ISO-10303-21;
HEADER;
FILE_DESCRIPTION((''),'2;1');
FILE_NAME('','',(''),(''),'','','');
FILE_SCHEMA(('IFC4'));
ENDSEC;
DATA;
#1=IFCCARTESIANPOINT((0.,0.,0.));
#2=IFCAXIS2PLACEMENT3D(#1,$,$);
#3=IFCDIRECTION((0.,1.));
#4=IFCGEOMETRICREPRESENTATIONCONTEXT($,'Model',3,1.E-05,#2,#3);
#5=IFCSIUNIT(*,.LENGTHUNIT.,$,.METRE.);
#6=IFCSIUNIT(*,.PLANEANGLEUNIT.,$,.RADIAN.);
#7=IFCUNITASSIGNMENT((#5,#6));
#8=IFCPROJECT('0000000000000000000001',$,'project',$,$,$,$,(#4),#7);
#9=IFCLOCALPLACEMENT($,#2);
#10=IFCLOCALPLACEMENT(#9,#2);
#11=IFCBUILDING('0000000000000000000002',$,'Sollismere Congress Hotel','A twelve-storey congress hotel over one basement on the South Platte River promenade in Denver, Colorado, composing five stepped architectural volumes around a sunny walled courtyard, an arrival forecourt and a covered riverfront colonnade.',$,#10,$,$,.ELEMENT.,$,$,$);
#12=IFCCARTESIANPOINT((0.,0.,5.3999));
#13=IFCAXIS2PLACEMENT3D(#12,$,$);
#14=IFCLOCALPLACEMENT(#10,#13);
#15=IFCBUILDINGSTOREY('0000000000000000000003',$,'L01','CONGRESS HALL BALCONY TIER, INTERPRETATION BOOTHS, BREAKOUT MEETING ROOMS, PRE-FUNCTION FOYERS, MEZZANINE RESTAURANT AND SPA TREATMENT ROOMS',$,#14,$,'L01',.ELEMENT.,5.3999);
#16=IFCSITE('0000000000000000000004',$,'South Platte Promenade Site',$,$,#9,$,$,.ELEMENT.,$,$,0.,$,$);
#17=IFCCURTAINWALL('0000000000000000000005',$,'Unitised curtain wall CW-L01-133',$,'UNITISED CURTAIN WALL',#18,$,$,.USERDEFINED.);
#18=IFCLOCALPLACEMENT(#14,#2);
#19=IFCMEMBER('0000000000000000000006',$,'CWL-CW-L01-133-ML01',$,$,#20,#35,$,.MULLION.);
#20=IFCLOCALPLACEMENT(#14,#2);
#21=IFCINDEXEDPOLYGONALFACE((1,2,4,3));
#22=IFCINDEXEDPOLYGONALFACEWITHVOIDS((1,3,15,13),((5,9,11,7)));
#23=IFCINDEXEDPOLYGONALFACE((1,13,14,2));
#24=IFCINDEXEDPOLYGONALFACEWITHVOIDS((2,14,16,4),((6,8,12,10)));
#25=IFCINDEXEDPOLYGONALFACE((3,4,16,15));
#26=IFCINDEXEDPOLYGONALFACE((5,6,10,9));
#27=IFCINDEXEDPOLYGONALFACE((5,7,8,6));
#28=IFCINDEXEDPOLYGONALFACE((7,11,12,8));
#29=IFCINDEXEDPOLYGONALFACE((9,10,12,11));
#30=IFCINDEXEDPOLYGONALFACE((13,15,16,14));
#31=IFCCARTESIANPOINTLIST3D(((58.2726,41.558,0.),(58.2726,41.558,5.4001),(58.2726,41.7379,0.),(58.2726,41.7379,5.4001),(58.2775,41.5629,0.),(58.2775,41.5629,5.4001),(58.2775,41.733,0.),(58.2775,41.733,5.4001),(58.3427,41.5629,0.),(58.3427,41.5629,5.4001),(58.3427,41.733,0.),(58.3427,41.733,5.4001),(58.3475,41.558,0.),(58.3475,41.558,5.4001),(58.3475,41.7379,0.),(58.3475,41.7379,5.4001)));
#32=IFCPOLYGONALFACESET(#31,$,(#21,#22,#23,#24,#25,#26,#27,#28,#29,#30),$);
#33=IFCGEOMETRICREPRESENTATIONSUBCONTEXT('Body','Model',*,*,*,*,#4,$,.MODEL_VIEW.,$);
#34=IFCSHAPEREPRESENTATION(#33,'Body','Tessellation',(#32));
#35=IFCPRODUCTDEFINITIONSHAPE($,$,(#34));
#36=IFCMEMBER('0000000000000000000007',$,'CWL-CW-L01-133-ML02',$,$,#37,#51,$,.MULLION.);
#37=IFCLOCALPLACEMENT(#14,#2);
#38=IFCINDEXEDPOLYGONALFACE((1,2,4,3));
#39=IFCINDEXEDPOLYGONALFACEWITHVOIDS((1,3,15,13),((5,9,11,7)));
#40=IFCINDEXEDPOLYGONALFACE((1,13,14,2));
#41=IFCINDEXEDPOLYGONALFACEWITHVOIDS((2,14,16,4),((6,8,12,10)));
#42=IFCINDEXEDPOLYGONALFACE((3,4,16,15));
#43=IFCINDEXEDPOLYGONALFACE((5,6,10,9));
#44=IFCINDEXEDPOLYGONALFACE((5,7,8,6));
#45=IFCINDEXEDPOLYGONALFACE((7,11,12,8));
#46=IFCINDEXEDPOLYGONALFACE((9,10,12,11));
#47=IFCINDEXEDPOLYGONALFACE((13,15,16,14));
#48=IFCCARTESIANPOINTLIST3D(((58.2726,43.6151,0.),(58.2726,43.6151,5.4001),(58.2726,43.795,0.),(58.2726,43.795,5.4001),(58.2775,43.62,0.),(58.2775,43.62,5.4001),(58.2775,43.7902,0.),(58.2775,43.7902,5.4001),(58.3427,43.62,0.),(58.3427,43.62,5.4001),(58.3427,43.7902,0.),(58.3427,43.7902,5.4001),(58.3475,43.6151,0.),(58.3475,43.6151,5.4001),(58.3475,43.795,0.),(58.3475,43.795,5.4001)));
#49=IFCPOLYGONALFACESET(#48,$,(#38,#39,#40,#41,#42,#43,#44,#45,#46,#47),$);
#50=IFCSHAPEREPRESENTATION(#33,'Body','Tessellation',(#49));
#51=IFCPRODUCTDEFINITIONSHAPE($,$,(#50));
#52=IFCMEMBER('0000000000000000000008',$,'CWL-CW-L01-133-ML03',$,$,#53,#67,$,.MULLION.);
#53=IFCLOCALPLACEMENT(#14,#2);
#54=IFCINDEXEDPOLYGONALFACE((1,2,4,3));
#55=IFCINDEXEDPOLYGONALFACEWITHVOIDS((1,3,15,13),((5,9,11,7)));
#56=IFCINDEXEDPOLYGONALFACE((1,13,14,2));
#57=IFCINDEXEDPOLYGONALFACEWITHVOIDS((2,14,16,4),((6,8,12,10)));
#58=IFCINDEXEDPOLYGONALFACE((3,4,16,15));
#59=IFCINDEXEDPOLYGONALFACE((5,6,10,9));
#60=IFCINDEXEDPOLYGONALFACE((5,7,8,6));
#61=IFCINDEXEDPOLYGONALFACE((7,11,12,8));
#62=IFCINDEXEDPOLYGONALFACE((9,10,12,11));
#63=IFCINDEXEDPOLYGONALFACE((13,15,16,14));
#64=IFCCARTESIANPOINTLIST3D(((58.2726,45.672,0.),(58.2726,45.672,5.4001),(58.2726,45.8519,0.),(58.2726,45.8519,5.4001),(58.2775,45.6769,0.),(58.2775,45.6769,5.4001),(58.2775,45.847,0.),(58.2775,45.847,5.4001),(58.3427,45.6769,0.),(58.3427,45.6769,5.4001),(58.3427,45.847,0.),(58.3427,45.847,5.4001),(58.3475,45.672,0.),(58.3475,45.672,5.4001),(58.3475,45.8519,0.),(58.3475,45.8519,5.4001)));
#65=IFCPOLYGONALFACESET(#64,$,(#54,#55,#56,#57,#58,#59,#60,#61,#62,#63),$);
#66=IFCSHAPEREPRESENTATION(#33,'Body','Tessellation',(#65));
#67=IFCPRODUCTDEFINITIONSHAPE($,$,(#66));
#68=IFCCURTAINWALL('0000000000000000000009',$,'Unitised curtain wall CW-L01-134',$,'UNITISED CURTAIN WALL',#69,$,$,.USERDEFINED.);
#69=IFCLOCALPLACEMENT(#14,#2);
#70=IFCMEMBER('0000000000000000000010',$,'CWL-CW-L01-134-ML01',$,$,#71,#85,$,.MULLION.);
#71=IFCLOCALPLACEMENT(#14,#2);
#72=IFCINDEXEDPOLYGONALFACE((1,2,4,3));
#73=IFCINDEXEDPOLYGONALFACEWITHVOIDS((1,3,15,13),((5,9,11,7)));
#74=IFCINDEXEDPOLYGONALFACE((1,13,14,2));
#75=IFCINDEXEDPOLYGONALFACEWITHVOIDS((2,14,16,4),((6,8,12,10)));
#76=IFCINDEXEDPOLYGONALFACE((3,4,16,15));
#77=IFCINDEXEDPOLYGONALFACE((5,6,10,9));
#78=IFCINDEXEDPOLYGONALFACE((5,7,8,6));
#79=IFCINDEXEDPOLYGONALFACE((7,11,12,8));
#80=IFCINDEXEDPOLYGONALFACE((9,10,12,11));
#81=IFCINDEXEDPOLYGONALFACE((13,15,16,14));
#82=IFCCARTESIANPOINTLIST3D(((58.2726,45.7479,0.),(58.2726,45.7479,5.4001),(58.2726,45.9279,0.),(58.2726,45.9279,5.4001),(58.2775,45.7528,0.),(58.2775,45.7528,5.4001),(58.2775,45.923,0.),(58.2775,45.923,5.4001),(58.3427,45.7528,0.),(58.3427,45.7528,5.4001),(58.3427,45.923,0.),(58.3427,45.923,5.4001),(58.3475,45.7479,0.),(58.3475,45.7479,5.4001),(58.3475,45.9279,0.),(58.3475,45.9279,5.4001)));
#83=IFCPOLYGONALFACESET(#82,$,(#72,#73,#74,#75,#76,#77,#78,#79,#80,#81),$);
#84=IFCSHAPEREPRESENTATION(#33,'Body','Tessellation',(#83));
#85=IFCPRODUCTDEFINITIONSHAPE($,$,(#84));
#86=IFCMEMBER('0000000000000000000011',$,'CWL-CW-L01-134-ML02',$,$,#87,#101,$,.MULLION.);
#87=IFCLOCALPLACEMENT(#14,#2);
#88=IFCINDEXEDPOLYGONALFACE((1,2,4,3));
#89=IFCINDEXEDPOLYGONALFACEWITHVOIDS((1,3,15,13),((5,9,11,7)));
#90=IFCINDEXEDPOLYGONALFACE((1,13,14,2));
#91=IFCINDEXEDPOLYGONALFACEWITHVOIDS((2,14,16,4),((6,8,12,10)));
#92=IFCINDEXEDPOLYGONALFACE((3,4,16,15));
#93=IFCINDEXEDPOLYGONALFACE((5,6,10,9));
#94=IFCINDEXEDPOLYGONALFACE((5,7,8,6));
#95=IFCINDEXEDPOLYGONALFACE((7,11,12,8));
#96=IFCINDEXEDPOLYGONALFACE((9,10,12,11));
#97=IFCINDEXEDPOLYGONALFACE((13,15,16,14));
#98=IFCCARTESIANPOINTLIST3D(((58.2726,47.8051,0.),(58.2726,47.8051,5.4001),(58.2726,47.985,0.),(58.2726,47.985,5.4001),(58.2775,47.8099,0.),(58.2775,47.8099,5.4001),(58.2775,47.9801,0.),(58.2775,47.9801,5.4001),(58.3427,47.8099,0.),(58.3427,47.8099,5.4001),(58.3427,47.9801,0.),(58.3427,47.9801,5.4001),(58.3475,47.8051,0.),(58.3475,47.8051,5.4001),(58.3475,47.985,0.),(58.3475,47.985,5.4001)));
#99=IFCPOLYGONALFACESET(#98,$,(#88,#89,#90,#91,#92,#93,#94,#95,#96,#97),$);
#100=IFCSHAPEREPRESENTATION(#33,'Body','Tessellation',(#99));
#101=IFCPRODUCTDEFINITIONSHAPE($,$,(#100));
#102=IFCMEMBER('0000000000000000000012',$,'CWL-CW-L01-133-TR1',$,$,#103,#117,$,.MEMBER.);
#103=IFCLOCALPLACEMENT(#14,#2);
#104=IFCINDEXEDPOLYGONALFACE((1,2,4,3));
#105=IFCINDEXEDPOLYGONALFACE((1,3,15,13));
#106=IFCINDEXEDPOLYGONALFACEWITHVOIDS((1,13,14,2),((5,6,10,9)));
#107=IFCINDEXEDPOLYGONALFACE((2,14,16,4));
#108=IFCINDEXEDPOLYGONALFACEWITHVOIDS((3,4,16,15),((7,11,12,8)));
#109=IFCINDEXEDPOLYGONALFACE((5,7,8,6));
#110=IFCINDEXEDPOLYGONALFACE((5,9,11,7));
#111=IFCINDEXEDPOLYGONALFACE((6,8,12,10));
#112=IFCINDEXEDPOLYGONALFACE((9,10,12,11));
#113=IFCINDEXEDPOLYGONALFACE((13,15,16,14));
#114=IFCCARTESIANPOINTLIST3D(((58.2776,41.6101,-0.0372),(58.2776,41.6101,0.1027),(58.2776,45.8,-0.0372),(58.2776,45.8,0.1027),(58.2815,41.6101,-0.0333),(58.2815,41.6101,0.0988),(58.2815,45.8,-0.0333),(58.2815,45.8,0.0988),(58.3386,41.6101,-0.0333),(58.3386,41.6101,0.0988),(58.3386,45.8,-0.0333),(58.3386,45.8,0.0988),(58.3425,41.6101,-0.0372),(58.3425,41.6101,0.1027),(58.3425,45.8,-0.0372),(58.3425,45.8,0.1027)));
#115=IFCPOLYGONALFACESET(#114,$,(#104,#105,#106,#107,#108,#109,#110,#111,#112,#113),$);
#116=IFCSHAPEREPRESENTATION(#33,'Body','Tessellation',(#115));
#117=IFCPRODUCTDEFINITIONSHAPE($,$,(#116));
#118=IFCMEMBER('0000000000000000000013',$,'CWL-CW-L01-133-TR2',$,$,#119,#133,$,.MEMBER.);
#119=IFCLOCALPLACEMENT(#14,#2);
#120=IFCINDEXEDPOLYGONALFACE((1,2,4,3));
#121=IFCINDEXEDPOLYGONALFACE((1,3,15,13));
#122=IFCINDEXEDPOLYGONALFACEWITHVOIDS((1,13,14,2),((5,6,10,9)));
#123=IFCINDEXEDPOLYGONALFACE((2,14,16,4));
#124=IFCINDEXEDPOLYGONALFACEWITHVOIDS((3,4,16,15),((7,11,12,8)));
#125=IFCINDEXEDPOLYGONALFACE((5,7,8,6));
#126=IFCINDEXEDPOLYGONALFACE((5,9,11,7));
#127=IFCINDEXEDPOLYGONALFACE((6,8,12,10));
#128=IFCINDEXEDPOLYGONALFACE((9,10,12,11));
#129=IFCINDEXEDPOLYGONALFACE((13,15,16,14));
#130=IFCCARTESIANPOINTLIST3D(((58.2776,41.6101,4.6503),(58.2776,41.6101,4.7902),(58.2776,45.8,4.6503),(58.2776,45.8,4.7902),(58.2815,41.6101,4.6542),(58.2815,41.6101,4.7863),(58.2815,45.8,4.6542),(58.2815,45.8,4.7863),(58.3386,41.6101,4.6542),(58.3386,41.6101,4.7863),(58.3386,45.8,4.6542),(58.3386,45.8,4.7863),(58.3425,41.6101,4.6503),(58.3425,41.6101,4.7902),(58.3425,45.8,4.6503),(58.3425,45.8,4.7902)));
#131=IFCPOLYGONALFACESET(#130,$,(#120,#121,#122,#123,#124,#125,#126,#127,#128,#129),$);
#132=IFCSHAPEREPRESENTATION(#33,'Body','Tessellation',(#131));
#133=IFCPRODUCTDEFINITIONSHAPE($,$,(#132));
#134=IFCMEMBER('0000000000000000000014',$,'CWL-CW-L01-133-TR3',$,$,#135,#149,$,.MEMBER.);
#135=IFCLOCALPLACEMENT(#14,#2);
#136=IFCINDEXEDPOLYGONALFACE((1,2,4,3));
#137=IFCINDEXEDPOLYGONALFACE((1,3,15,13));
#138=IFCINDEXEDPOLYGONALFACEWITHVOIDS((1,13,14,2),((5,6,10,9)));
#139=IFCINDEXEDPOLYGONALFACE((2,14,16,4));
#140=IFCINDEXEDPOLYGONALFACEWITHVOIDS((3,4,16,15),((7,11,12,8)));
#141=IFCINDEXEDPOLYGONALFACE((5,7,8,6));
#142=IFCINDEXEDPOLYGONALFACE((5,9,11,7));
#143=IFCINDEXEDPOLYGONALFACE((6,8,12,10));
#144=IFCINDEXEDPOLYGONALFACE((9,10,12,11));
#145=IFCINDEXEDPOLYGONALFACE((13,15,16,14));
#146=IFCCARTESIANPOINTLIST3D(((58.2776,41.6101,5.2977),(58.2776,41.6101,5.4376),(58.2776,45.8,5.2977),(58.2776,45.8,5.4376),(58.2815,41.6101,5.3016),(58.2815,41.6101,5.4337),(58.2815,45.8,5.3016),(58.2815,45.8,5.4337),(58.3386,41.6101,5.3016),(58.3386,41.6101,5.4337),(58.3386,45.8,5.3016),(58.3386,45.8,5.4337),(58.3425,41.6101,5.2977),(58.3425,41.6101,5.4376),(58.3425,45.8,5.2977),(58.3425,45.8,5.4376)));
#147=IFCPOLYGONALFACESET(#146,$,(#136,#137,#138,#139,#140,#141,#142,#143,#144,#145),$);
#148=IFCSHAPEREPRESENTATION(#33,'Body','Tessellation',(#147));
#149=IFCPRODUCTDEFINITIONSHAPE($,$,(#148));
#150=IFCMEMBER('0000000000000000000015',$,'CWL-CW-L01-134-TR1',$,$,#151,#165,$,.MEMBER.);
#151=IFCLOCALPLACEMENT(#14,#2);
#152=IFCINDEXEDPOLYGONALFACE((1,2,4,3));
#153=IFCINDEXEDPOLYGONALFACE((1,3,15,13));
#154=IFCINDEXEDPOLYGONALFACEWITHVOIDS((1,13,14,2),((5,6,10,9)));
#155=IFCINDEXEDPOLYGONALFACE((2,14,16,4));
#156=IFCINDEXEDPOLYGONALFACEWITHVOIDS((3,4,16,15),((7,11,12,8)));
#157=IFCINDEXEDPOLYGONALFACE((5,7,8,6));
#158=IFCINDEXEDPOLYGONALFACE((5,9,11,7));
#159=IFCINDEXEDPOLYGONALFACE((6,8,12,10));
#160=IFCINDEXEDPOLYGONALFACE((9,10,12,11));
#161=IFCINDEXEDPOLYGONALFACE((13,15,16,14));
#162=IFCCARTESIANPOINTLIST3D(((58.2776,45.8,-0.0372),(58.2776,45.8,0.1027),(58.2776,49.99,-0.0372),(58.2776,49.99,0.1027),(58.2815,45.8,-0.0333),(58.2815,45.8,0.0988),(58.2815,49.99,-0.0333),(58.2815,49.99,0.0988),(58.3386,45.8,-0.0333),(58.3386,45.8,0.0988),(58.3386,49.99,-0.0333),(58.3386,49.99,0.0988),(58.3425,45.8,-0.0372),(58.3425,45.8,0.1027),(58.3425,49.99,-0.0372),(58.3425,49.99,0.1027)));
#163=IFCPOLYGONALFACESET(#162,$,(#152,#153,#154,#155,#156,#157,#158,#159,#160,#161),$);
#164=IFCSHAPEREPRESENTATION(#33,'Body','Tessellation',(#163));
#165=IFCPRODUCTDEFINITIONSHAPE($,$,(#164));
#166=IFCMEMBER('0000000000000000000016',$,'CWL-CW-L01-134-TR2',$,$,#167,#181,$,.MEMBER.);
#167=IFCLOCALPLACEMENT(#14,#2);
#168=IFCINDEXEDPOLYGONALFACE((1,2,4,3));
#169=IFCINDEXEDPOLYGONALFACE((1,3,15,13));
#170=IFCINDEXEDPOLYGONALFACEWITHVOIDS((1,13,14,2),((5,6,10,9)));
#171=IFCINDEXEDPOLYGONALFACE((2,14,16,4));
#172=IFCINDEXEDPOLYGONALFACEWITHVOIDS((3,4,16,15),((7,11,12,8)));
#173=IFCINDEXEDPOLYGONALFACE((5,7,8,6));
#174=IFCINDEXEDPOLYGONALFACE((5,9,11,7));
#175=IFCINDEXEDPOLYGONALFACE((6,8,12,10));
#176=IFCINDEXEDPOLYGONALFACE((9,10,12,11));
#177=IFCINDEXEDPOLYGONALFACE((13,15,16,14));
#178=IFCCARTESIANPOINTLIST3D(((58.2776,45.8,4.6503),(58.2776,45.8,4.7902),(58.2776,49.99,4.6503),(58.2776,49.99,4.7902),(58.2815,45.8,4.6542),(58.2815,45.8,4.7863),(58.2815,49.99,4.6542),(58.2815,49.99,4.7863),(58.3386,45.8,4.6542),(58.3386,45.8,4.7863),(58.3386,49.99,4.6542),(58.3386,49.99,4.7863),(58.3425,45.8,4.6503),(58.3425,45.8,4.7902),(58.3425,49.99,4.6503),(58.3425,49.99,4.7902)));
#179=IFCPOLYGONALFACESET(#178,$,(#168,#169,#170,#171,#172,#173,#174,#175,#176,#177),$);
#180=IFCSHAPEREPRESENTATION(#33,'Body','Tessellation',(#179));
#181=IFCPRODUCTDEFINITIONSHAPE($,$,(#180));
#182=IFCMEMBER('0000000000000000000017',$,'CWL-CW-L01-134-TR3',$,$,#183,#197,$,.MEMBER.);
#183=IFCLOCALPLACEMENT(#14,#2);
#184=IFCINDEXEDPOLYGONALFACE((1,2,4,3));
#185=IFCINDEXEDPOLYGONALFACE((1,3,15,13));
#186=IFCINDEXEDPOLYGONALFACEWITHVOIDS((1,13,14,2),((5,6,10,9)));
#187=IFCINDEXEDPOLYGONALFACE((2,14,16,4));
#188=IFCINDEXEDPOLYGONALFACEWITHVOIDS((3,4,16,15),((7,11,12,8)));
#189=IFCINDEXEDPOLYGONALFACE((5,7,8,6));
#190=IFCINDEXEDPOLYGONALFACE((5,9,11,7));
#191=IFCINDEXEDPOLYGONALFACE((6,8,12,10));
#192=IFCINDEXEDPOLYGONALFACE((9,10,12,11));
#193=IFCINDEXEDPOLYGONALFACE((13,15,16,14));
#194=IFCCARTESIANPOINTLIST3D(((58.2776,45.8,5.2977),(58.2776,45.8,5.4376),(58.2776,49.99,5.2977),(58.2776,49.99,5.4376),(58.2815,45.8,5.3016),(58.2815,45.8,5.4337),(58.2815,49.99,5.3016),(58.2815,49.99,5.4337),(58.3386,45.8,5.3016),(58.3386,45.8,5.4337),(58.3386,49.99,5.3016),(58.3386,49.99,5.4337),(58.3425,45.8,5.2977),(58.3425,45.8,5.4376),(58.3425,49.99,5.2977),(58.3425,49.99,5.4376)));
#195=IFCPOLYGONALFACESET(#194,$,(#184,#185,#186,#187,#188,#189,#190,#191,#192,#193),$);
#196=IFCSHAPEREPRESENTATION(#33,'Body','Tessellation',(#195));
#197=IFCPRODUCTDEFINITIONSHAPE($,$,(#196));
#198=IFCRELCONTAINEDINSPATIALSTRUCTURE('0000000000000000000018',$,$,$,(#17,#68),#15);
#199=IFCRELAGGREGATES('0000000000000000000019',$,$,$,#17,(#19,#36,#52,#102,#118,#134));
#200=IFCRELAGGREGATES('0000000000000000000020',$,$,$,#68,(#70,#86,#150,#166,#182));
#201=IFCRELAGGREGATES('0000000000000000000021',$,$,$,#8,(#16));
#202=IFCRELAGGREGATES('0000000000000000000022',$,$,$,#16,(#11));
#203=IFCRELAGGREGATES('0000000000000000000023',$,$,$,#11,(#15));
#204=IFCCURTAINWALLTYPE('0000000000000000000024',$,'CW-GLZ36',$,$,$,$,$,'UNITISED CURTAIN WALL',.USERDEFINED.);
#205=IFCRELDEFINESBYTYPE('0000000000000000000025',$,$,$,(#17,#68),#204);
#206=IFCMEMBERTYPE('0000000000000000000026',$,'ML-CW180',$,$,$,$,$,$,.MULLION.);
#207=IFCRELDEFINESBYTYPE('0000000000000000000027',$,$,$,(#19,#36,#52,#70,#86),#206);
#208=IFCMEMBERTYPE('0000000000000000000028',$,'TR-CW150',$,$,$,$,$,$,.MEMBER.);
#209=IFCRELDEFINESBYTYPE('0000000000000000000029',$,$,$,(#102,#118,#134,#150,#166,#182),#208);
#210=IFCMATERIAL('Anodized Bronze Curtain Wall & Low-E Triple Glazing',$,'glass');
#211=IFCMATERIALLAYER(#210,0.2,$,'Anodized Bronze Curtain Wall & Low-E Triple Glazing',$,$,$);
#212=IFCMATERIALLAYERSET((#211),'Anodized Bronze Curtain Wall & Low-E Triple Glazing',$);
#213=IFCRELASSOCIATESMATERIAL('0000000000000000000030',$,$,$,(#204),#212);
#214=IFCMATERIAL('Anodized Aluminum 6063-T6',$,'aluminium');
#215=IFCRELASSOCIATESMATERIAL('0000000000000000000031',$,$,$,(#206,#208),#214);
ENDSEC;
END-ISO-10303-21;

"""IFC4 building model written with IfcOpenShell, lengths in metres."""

from ifc_helpers import new_model, si_unit, direction, frame, origin, origin_2d, place, context, subcontext, project, spatial, hollow_rectangle, extrude, material, layer, layer_set, material_profile, profile_set, type_object, element, aggregate, save


model = new_model("IFC4")

# Units and contexts
model_context = context("Model", 3, precision=1e-05, world=origin(), true_north=direction((0.0, 1.0)))
body_context = subcontext(model_context, "Body", "Model", "MODEL_VIEW")
ifc_project = project(units=[si_unit("LENGTHUNIT", "METRE"), si_unit("PLANEANGLEUNIT", "RADIAN")], contexts=[model_context])

# Site, building, storey
site_placement = place(None, origin())
site = spatial("IfcSite", under=ifc_project, at=site_placement, Name="South Platte Promenade Site", CompositionType="ELEMENT", RefElevation=0.0)
building_placement = place(site_placement, origin())
building = spatial("IfcBuilding", under=site, at=building_placement, Name="Sollismere Congress Hotel", Description="A twelve-storey congress hotel over one basement on the South Platte River promenade in Denver, Colorado, composing five stepped architectural volumes around a sunny walled courtyard, an arrival forecourt and a covered riverfront colonnade.", CompositionType="ELEMENT")
storey_placement = place(building_placement, frame((0.0, 0.0, 5.3999)))
storey = spatial("IfcBuildingStorey", under=building, at=storey_placement, Name="L01", Description="CONGRESS HALL BALCONY TIER, INTERPRETATION BOOTHS, BREAKOUT MEETING ROOMS, PRE-FUNCTION FOYERS, MEZZANINE RESTAURANT AND SPA TREATMENT ROOMS", LongName="L01", CompositionType="ELEMENT", Elevation=5.3999)

# Curtain walls, members
ifc_material_1 = material(Name="Anodized Bronze Curtain Wall & Low-E Triple Glazing", Category="glass")
ifc_layer_1 = layer(ifc_material_1, 0.2, Name="Anodized Bronze Curtain Wall & Low-E Triple Glazing")
ifc_layer_set_1 = layer_set([ifc_layer_1], Name="Anodized Bronze Curtain Wall & Low-E Triple Glazing")
curtain_wall_type = type_object("IfcCurtainWallType", Name="CW-GLZ36", ElementType="UNITISED CURTAIN WALL", PredefinedType="USERDEFINED", material=ifc_layer_set_1)
curtain_wall_1_placement = place(storey_placement, origin())
curtain_wall_1 = element("IfcCurtainWall", 1, at=curtain_wall_1_placement, inside=storey, type_object=curtain_wall_type, Name="Unitised curtain wall CW-L01-133", ObjectType="UNITISED CURTAIN WALL", PredefinedType="USERDEFINED")
ifc_material_2 = material(Name="Anodized Aluminum 6063-T6", Category="aluminium")
ifc_material_profile_1 = material_profile(ifc_material_2, hollow_rectangle(XDim=0.075, YDim=0.1799, WallThickness=0.0049, at=origin_2d()), Name="ALU180X75X5")
ifc_profile_set_1 = profile_set([ifc_material_profile_1], Name="Anodized Aluminum 6063-T6")
member_type_1 = type_object("IfcMemberType", Name="ML-CW180", PredefinedType="MULLION", material=ifc_profile_set_1)
member_1_placement = place(storey_placement, frame((58.3101, 41.6479, 0.0), z_axis=(0.0, 0.0, 1.0), x_axis=(-1.0, 0.0, 0.0)))
member_1 = element("IfcMember", 2, at=member_1_placement, type_object=member_type_1, Name="CWL-CW-L01-133-ML01", PredefinedType="MULLION", context=body_context, shape_type="SweptSolid", body=[
    extrude(hollow_rectangle(XDim=0.075, YDim=0.1799, WallThickness=0.0049, at=origin_2d()), origin(), (0.0, 0.0, 1.0), 5.4001),
])
member_2_placement = place(storey_placement, frame((58.3101, 43.7051, 0.0), z_axis=(0.0, 0.0, 1.0), x_axis=(-1.0, 0.0, 0.0)))
member_2 = element("IfcMember", 3, at=member_2_placement, type_object=member_type_1, Name="CWL-CW-L01-133-ML02", PredefinedType="MULLION", context=body_context, shape_type="SweptSolid", body=[
    extrude(hollow_rectangle(XDim=0.075, YDim=0.1799, WallThickness=0.0049, at=origin_2d()), origin(), (0.0, 0.0, 1.0), 5.4001),
])
member_3_placement = place(storey_placement, frame((58.3101, 45.762, 0.0), z_axis=(0.0, 0.0, 1.0), x_axis=(-1.0, 0.0, 0.0)))
member_3 = element("IfcMember", 4, at=member_3_placement, type_object=member_type_1, Name="CWL-CW-L01-133-ML03", PredefinedType="MULLION", context=body_context, shape_type="SweptSolid", body=[
    extrude(hollow_rectangle(XDim=0.075, YDim=0.1799, WallThickness=0.0049, at=origin_2d()), origin(), (0.0, 0.0, 1.0), 5.4001),
])
curtain_wall_2_placement = place(storey_placement, origin())
curtain_wall_2 = element("IfcCurtainWall", 5, at=curtain_wall_2_placement, inside=storey, type_object=curtain_wall_type, Name="Unitised curtain wall CW-L01-134", ObjectType="UNITISED CURTAIN WALL", PredefinedType="USERDEFINED")
member_4_placement = place(storey_placement, frame((58.3101, 45.8379, 0.0), z_axis=(0.0, 0.0, 1.0), x_axis=(-1.0, 0.0, 0.0)))
member_4 = element("IfcMember", 6, at=member_4_placement, type_object=member_type_1, Name="CWL-CW-L01-134-ML01", PredefinedType="MULLION", context=body_context, shape_type="SweptSolid", body=[
    extrude(hollow_rectangle(XDim=0.075, YDim=0.1799, WallThickness=0.0049, at=origin_2d()), origin(), (0.0, 0.0, 1.0), 5.4001),
])
member_5_placement = place(storey_placement, frame((58.3101, 47.895, 0.0), z_axis=(0.0, 0.0, 1.0), x_axis=(-1.0, 0.0, 0.0)))
member_5 = element("IfcMember", 7, at=member_5_placement, type_object=member_type_1, Name="CWL-CW-L01-134-ML02", PredefinedType="MULLION", context=body_context, shape_type="SweptSolid", body=[
    extrude(hollow_rectangle(XDim=0.075, YDim=0.1799, WallThickness=0.0049, at=origin_2d()), origin(), (0.0, 0.0, 1.0), 5.4001),
])

# Members
ifc_material_profile_2 = material_profile(ifc_material_2, hollow_rectangle(XDim=0.0649, YDim=0.1399, WallThickness=0.0039, at=origin_2d()), Name="ALU140X65X4")
ifc_profile_set_2 = profile_set([ifc_material_profile_2], Name="Anodized Aluminum 6063-T6")
member_type_2 = type_object("IfcMemberType", Name="TR-CW150", PredefinedType="MEMBER", material=ifc_profile_set_2)
member_6_placement = place(storey_placement, frame((58.3101, 41.6101, 0.0327), z_axis=(0.0, 1.0, 0.0), x_axis=(-1.0, 0.0, 0.0)))
member_6 = element("IfcMember", 8, at=member_6_placement, type_object=member_type_2, Name="CWL-CW-L01-133-TR1", PredefinedType="MEMBER", context=body_context, shape_type="SweptSolid", body=[
    extrude(hollow_rectangle(XDim=0.0649, YDim=0.1399, WallThickness=0.0039, at=origin_2d()), origin(), (0.0, 0.0, 1.0), 4.1899),
])
member_7_placement = place(storey_placement, frame((58.3101, 41.6101, 4.7202), z_axis=(0.0, 1.0, 0.0), x_axis=(-1.0, 0.0, 0.0)))
member_7 = element("IfcMember", 9, at=member_7_placement, type_object=member_type_2, Name="CWL-CW-L01-133-TR2", PredefinedType="MEMBER", context=body_context, shape_type="SweptSolid", body=[
    extrude(hollow_rectangle(XDim=0.0649, YDim=0.1399, WallThickness=0.0039, at=origin_2d()), origin(), (0.0, 0.0, 1.0), 4.1899),
])
member_8_placement = place(storey_placement, frame((58.3101, 41.6101, 5.3677), z_axis=(0.0, 1.0, 0.0), x_axis=(-1.0, 0.0, 0.0)))
member_8 = element("IfcMember", 10, at=member_8_placement, type_object=member_type_2, Name="CWL-CW-L01-133-TR3", PredefinedType="MEMBER", context=body_context, shape_type="SweptSolid", body=[
    extrude(hollow_rectangle(XDim=0.0649, YDim=0.1399, WallThickness=0.0039, at=origin_2d()), origin(), (0.0, 0.0, 1.0), 4.1899),
])
member_9_placement = place(storey_placement, frame((58.3101, 45.8, 0.0327), z_axis=(0.0, 1.0, 0.0), x_axis=(-1.0, 0.0, 0.0)))
member_9 = element("IfcMember", 11, at=member_9_placement, type_object=member_type_2, Name="CWL-CW-L01-134-TR1", PredefinedType="MEMBER", context=body_context, shape_type="SweptSolid", body=[
    extrude(hollow_rectangle(XDim=0.0649, YDim=0.1399, WallThickness=0.0039, at=origin_2d()), origin(), (0.0, 0.0, 1.0), 4.1899),
])
member_10_placement = place(storey_placement, frame((58.3101, 45.8, 4.7202), z_axis=(0.0, 1.0, 0.0), x_axis=(-1.0, 0.0, 0.0)))
member_10 = element("IfcMember", 12, at=member_10_placement, type_object=member_type_2, Name="CWL-CW-L01-134-TR2", PredefinedType="MEMBER", context=body_context, shape_type="SweptSolid", body=[
    extrude(hollow_rectangle(XDim=0.0649, YDim=0.1399, WallThickness=0.0039, at=origin_2d()), origin(), (0.0, 0.0, 1.0), 4.1899),
])
member_11_placement = place(storey_placement, frame((58.3101, 45.8, 5.3677), z_axis=(0.0, 1.0, 0.0), x_axis=(-1.0, 0.0, 0.0)))
member_11 = element("IfcMember", 13, at=member_11_placement, type_object=member_type_2, Name="CWL-CW-L01-134-TR3", PredefinedType="MEMBER", context=body_context, shape_type="SweptSolid", body=[
    extrude(hollow_rectangle(XDim=0.0649, YDim=0.1399, WallThickness=0.0039, at=origin_2d()), origin(), (0.0, 0.0, 1.0), 4.1899),
])

aggregate(curtain_wall_1, [member_1, member_2, member_3, member_6, member_7, member_8])
aggregate(curtain_wall_2, [member_4, member_5, member_9, member_10, member_11])

save(model, "model.ifc")
